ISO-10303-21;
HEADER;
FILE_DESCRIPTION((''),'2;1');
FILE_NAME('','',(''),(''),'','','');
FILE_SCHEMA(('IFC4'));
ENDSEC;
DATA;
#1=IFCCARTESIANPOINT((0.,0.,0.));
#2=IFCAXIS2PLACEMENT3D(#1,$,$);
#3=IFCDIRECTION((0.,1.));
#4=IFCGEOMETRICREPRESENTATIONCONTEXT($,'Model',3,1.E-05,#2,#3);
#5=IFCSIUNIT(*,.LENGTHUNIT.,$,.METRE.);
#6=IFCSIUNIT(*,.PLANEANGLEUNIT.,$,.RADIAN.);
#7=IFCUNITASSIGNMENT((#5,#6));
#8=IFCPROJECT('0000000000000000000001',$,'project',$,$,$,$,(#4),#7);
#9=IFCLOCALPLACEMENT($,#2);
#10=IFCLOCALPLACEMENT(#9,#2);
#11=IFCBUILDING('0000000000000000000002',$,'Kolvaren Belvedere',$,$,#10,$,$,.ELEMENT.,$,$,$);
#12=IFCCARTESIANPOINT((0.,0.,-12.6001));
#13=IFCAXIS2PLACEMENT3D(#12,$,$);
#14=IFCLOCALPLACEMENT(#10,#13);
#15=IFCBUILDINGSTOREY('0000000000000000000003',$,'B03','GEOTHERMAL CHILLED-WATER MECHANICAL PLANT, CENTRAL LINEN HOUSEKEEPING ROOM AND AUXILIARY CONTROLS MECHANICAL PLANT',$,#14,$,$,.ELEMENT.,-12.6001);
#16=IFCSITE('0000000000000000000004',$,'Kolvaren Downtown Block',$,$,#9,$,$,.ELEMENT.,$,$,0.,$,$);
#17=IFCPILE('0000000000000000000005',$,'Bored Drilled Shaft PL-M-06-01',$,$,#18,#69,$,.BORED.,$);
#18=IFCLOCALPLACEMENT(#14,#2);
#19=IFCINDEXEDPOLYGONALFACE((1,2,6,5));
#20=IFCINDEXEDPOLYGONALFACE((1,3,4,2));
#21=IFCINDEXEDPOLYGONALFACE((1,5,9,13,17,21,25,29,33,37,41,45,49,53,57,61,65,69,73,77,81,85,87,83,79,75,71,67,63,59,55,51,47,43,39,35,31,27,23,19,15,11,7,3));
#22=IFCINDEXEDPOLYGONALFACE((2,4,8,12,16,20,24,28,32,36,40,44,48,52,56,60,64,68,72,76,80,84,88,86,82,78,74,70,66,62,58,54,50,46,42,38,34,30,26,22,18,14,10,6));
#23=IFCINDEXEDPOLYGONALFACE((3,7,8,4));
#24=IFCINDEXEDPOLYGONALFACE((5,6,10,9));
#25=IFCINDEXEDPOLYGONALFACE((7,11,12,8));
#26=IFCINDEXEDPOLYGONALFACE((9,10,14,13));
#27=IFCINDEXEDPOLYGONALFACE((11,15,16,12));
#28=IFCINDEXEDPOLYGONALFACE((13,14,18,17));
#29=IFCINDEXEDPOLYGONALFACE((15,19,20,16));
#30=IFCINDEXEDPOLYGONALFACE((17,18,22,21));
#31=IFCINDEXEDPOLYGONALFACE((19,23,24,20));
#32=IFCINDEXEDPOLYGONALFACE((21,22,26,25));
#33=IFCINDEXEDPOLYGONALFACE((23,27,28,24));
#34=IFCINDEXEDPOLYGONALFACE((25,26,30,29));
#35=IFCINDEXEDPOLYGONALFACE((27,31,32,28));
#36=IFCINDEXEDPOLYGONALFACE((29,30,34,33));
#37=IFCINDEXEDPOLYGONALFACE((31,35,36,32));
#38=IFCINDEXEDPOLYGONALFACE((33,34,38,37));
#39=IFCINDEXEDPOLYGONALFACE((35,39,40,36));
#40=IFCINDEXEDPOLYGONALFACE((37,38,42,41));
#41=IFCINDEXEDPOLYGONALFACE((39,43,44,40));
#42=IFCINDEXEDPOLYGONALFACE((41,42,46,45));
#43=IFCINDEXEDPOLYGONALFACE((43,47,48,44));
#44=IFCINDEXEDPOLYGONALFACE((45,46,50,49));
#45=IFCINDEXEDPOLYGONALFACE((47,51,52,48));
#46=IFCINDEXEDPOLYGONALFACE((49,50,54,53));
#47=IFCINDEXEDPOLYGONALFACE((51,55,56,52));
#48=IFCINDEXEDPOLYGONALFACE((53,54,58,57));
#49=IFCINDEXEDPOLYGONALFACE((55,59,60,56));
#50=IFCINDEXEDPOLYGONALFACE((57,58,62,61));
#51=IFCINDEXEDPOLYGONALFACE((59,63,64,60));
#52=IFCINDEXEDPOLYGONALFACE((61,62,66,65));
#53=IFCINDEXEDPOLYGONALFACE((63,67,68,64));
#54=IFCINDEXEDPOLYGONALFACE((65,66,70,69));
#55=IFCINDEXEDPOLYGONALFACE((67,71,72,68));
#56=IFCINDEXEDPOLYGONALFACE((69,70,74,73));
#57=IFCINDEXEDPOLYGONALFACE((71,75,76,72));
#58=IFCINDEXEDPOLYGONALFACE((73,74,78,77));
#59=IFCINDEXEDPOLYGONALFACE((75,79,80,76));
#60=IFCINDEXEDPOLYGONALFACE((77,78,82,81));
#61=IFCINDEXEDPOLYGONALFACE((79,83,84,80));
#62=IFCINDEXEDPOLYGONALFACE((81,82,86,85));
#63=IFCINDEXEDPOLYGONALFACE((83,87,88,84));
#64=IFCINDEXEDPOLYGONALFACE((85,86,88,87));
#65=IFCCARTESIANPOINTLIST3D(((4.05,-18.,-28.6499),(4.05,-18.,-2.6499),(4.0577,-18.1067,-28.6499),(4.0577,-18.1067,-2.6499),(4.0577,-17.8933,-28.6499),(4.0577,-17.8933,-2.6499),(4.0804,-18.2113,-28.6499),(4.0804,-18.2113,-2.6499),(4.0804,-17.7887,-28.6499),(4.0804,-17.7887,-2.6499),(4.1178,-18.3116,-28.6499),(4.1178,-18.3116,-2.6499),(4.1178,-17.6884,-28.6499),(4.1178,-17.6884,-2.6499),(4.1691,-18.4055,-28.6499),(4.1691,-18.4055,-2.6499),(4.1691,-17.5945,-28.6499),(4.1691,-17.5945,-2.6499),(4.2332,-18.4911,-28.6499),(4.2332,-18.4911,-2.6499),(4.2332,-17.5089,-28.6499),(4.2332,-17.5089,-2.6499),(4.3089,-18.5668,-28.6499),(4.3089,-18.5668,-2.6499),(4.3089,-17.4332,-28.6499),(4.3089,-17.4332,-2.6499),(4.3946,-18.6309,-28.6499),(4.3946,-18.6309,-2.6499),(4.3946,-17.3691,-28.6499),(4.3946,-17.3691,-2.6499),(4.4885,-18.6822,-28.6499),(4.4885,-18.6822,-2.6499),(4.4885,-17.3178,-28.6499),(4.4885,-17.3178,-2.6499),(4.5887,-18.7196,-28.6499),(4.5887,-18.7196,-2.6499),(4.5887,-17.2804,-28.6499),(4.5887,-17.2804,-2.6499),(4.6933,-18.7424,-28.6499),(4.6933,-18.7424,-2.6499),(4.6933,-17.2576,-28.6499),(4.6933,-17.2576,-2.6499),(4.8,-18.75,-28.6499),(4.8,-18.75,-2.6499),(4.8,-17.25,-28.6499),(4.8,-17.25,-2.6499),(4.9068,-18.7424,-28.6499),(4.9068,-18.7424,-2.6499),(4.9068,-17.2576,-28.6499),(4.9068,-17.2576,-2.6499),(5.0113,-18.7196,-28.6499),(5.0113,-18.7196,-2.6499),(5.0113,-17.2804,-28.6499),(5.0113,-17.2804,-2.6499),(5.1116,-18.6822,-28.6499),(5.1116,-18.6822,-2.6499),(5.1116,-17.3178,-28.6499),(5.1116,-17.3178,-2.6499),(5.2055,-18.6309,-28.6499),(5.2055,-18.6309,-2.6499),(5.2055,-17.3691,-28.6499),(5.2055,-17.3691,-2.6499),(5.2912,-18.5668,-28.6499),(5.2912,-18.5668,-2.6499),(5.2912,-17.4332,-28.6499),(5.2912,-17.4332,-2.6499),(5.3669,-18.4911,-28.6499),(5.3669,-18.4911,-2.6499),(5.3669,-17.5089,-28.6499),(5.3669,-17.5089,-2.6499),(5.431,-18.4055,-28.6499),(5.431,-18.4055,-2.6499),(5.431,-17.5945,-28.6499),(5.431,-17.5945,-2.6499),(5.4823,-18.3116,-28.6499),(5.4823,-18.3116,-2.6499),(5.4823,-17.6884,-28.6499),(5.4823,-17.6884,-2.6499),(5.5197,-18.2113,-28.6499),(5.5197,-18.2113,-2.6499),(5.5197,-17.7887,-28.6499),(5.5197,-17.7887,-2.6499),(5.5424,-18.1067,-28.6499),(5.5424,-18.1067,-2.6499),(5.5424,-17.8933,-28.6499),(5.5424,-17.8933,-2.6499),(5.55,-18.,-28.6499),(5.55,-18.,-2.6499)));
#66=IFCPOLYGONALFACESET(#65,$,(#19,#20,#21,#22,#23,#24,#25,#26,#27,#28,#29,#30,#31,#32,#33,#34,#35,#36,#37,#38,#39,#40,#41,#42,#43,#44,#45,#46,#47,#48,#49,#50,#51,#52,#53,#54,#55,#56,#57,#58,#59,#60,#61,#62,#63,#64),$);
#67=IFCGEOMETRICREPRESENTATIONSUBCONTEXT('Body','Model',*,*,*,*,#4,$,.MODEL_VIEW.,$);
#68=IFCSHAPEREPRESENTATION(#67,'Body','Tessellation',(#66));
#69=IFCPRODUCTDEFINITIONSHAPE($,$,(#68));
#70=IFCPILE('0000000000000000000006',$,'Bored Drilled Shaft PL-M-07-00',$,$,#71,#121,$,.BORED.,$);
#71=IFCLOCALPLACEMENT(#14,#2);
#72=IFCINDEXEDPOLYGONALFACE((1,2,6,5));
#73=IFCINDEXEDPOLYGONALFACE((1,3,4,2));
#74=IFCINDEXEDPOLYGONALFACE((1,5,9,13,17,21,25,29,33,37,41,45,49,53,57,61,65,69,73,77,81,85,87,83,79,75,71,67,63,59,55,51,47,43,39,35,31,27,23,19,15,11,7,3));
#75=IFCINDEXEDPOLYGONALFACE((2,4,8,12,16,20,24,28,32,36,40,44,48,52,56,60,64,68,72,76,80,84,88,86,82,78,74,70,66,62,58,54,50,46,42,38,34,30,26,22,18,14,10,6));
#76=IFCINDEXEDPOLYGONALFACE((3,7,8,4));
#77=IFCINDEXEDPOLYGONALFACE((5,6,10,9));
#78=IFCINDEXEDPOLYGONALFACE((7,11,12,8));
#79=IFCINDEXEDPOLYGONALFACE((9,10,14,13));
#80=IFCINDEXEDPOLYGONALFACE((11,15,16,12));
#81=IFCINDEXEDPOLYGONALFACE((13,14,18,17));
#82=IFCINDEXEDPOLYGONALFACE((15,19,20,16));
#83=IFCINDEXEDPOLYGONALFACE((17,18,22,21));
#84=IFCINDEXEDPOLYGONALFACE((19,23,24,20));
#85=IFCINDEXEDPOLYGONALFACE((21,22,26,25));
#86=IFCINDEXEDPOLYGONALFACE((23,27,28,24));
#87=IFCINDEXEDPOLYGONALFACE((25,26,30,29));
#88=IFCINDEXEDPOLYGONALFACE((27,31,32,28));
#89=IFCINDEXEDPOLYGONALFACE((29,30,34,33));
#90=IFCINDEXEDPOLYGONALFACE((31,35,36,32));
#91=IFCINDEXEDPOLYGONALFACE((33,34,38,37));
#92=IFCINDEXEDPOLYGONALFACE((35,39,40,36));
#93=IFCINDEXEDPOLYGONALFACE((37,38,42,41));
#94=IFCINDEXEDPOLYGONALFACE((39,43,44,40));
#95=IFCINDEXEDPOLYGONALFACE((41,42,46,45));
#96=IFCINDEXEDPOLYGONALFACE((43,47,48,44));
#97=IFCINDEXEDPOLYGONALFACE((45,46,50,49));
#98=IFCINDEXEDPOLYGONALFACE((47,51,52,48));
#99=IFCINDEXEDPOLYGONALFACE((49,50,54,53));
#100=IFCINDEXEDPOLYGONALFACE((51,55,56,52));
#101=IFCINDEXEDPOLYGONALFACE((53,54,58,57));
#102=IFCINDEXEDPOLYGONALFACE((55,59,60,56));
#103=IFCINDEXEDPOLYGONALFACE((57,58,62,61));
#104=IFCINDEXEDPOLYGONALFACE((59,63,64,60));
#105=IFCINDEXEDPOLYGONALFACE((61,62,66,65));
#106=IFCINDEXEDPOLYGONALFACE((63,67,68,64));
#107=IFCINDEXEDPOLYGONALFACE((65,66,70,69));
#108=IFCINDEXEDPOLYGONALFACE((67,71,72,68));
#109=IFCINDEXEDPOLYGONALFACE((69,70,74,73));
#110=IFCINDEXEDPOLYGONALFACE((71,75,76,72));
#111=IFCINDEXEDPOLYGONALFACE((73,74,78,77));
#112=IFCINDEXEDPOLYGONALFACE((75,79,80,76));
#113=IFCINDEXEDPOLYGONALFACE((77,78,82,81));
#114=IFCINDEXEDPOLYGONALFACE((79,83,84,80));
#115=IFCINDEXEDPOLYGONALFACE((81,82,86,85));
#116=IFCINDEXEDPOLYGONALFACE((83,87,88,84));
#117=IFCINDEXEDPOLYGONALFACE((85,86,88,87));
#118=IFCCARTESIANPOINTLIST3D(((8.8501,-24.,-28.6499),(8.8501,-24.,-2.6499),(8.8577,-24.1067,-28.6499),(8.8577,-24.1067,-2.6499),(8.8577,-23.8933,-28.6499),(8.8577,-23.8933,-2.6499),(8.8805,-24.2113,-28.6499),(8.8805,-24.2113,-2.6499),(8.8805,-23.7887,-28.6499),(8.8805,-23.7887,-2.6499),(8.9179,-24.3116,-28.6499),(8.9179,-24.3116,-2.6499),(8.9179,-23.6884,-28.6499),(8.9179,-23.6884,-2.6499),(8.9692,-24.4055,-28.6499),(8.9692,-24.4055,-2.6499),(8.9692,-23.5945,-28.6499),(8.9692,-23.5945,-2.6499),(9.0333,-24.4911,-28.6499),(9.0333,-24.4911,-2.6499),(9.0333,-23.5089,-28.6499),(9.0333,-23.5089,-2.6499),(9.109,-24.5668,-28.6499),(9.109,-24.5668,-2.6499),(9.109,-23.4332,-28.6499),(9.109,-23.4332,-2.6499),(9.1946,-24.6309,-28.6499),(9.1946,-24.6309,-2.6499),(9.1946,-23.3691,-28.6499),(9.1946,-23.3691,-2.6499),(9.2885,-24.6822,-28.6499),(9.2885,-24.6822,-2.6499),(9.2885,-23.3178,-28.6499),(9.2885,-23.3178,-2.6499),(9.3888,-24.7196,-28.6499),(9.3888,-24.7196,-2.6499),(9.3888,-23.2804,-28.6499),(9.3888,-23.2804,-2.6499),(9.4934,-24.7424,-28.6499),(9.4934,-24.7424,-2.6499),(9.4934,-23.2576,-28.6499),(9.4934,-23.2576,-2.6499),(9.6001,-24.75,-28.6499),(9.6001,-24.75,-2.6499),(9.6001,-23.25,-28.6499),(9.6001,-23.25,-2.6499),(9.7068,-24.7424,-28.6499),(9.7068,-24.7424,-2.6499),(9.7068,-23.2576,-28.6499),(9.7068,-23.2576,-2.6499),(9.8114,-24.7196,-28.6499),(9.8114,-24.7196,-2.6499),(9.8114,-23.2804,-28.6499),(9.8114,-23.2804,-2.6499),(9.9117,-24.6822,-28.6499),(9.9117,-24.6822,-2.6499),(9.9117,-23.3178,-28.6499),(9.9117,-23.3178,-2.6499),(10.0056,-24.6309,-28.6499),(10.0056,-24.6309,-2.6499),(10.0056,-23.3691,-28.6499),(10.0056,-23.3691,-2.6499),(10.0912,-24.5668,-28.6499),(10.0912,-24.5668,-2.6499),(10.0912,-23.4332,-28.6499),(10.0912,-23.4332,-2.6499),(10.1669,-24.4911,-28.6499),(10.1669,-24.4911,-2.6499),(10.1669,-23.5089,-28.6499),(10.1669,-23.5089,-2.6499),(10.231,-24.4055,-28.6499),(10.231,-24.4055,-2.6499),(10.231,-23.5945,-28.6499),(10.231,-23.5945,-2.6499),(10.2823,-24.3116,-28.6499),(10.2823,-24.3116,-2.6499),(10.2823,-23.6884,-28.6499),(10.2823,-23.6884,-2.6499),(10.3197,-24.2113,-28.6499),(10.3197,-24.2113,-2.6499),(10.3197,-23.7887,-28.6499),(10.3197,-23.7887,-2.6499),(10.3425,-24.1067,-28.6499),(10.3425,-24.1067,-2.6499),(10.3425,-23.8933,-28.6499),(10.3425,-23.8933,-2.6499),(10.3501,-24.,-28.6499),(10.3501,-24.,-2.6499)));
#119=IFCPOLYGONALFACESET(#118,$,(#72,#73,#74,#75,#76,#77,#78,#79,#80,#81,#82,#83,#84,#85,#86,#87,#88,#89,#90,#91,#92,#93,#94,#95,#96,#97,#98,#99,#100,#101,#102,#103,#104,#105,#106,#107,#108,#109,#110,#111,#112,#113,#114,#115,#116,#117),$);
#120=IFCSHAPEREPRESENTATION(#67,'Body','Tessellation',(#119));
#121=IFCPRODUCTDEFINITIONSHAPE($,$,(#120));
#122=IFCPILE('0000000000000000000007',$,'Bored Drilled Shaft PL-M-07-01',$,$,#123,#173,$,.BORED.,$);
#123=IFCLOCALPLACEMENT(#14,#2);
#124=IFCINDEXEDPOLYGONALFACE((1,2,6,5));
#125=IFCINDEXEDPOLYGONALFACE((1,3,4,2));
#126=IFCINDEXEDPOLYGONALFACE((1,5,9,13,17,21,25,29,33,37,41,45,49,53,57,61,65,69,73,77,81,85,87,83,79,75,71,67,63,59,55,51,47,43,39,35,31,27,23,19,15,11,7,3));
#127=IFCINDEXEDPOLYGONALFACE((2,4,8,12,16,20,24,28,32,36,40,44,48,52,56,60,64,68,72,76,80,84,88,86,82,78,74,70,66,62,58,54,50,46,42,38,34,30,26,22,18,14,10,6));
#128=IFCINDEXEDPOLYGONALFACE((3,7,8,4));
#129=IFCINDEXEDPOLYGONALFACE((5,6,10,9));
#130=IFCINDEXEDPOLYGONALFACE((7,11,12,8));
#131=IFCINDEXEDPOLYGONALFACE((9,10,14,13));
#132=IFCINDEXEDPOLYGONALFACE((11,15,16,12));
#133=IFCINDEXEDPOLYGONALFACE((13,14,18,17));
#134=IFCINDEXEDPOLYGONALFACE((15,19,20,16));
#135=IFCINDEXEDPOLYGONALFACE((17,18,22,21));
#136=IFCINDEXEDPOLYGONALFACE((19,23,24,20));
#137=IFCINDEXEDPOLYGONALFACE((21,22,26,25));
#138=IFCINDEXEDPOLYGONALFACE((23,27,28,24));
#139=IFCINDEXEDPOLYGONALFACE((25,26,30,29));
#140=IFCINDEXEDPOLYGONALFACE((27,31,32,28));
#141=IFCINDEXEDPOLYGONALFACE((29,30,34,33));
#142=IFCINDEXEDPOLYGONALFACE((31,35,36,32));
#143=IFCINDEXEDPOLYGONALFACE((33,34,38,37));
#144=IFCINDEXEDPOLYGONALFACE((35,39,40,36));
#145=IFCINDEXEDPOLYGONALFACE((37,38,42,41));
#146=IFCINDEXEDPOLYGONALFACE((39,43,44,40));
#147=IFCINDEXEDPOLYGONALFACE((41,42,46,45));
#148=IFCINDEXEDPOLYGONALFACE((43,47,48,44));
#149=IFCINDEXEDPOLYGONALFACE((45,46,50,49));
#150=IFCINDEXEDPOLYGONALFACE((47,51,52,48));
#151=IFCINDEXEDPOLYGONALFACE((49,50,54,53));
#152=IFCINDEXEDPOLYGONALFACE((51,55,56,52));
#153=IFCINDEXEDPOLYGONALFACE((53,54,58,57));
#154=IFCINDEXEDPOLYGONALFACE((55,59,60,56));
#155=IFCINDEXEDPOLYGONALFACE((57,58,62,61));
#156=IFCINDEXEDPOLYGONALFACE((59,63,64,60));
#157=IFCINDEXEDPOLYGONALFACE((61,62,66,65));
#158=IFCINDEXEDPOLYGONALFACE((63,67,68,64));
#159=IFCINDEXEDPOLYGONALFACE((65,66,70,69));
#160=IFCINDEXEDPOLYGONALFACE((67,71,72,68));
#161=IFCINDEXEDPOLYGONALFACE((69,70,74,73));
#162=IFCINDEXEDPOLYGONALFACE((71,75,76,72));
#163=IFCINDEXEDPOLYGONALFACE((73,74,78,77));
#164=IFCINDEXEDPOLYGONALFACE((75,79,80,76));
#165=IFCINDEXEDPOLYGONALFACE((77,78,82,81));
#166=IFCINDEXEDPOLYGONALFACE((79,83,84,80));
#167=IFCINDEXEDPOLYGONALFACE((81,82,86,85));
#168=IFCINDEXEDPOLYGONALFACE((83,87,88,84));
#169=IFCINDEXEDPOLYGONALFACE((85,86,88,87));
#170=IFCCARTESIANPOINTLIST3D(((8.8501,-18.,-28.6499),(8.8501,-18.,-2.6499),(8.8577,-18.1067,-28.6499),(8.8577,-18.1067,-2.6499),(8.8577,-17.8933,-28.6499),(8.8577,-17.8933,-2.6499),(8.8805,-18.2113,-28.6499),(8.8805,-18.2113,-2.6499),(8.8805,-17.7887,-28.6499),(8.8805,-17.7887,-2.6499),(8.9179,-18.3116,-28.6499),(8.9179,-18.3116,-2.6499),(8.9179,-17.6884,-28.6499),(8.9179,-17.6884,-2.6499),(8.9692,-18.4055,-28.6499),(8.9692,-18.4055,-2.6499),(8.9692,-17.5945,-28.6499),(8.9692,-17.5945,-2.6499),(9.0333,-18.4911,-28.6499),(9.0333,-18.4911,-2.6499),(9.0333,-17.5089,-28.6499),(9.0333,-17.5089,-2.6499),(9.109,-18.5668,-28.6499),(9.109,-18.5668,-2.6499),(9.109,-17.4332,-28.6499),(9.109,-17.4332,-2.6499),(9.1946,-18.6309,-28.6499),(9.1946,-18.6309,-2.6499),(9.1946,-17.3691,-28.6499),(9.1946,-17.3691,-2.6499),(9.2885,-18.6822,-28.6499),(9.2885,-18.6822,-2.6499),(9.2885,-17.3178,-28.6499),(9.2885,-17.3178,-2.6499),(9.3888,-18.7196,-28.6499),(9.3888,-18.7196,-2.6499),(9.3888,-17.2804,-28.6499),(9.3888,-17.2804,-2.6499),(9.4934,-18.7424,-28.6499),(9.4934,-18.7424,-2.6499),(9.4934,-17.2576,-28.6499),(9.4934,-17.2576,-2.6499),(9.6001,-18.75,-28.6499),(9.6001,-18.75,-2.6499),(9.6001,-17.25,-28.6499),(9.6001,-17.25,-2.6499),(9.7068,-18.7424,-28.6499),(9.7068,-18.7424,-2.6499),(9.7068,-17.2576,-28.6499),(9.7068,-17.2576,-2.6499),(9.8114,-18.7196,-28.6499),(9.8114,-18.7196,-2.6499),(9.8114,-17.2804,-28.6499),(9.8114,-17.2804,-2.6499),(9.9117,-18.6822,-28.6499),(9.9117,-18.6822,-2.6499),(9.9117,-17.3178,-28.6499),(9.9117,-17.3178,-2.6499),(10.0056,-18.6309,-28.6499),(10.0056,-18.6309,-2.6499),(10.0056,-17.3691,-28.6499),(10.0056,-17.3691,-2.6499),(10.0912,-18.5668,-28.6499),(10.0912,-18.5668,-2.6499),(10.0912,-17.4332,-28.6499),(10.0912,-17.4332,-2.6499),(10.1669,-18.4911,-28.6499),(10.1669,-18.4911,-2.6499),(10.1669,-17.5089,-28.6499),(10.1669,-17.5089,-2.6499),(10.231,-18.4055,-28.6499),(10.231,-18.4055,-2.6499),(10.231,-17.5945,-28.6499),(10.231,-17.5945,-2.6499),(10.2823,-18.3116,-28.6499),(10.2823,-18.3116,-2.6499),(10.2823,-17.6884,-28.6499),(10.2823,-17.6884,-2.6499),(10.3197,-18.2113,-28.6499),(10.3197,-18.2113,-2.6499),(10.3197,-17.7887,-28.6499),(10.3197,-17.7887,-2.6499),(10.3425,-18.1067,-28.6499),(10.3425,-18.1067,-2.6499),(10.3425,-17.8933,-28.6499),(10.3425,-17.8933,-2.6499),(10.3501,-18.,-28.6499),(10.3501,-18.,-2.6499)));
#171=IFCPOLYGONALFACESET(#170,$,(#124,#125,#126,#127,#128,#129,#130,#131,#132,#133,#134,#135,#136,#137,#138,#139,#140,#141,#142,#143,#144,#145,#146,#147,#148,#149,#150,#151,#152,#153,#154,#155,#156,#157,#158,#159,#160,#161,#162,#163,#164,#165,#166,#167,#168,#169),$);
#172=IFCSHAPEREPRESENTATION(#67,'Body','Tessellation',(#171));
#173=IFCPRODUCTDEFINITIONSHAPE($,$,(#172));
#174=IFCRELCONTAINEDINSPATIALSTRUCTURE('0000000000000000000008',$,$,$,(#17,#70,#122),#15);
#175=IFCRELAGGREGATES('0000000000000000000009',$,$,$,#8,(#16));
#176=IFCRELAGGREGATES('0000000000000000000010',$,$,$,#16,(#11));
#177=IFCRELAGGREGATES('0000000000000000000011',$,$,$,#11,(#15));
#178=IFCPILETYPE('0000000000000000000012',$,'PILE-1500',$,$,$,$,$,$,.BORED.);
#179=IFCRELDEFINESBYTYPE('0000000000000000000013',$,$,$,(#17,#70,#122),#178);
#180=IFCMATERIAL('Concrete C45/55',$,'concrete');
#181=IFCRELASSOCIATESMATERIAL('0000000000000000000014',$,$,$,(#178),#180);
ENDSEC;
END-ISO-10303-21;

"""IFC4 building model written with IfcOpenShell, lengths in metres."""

from ifc_helpers import new_model, si_unit, direction, frame, origin, origin_2d, place, context, subcontext, project, spatial, circle, extrude, material, material_profile, profile_set, type_object, element, save


model = new_model("IFC4")

# Units and contexts
model_context = context("Model", 3, precision=1e-05, world=origin(), true_north=direction((0.0, 1.0)))
body_context = subcontext(model_context, "Body", "Model", "MODEL_VIEW")
ifc_project = project(units=[si_unit("LENGTHUNIT", "METRE"), si_unit("PLANEANGLEUNIT", "RADIAN")], contexts=[model_context])

# Site, building, storey
site_placement = place(None, origin())
site = spatial("IfcSite", under=ifc_project, at=site_placement, Name="Kolvaren Downtown Block", CompositionType="ELEMENT", RefElevation=0.0)
building_placement = place(site_placement, origin())
building = spatial("IfcBuilding", under=site, at=building_placement, Name="Kolvaren Belvedere", CompositionType="ELEMENT")
storey_placement = place(building_placement, frame((0.0, 0.0, -12.6001)))
storey = spatial("IfcBuildingStorey", under=building, at=storey_placement, Name="B03", Description="GEOTHERMAL CHILLED-WATER MECHANICAL PLANT, CENTRAL LINEN HOUSEKEEPING ROOM AND AUXILIARY CONTROLS MECHANICAL PLANT", CompositionType="ELEMENT", Elevation=-12.6001)

# Piles
ifc_material_1 = material(Name="Concrete C45/55", Category="concrete")
ifc_material_profile_1 = material_profile(ifc_material_1, circle(Radius=0.75, at=origin_2d()), Name="BORED PILE D1500")
ifc_profile_set_1 = profile_set([ifc_material_profile_1], Name="Concrete C45/55")
pile_type_1 = type_object("IfcPileType", Name="PILE-1500", PredefinedType="BORED", material=ifc_profile_set_1)
for number, where, z_axis, x_axis, name in (
    (1, (4.8, -18.0, -2.6499), (0.0, 0.0, -1.0), (1.0, 0.0, 0.0), "Bored Drilled Shaft PL-M-06-01"),
    (2, (9.6001, -24.0, -2.6499), (0.0, 0.0, -1.0), (1.0, 0.0, 0.0), "Bored Drilled Shaft PL-M-07-00"),
    (3, (9.6001, -18.0, -2.6499), (0.0, 0.0, -1.0), (1.0, 0.0, 0.0), "Bored Drilled Shaft PL-M-07-01"),
):
    element("IfcPile", number, at=place(storey_placement, frame(where, z_axis=z_axis, x_axis=x_axis)), inside=storey, type_object=pile_type_1, Name=name, PredefinedType="BORED", context=body_context, shape_type="SweptSolid", body=[
        extrude(circle(Radius=0.75, at=origin_2d()), origin(), (0.0, 0.0, 1.0), 26.0),
    ])

save(model, "model.ifc")
